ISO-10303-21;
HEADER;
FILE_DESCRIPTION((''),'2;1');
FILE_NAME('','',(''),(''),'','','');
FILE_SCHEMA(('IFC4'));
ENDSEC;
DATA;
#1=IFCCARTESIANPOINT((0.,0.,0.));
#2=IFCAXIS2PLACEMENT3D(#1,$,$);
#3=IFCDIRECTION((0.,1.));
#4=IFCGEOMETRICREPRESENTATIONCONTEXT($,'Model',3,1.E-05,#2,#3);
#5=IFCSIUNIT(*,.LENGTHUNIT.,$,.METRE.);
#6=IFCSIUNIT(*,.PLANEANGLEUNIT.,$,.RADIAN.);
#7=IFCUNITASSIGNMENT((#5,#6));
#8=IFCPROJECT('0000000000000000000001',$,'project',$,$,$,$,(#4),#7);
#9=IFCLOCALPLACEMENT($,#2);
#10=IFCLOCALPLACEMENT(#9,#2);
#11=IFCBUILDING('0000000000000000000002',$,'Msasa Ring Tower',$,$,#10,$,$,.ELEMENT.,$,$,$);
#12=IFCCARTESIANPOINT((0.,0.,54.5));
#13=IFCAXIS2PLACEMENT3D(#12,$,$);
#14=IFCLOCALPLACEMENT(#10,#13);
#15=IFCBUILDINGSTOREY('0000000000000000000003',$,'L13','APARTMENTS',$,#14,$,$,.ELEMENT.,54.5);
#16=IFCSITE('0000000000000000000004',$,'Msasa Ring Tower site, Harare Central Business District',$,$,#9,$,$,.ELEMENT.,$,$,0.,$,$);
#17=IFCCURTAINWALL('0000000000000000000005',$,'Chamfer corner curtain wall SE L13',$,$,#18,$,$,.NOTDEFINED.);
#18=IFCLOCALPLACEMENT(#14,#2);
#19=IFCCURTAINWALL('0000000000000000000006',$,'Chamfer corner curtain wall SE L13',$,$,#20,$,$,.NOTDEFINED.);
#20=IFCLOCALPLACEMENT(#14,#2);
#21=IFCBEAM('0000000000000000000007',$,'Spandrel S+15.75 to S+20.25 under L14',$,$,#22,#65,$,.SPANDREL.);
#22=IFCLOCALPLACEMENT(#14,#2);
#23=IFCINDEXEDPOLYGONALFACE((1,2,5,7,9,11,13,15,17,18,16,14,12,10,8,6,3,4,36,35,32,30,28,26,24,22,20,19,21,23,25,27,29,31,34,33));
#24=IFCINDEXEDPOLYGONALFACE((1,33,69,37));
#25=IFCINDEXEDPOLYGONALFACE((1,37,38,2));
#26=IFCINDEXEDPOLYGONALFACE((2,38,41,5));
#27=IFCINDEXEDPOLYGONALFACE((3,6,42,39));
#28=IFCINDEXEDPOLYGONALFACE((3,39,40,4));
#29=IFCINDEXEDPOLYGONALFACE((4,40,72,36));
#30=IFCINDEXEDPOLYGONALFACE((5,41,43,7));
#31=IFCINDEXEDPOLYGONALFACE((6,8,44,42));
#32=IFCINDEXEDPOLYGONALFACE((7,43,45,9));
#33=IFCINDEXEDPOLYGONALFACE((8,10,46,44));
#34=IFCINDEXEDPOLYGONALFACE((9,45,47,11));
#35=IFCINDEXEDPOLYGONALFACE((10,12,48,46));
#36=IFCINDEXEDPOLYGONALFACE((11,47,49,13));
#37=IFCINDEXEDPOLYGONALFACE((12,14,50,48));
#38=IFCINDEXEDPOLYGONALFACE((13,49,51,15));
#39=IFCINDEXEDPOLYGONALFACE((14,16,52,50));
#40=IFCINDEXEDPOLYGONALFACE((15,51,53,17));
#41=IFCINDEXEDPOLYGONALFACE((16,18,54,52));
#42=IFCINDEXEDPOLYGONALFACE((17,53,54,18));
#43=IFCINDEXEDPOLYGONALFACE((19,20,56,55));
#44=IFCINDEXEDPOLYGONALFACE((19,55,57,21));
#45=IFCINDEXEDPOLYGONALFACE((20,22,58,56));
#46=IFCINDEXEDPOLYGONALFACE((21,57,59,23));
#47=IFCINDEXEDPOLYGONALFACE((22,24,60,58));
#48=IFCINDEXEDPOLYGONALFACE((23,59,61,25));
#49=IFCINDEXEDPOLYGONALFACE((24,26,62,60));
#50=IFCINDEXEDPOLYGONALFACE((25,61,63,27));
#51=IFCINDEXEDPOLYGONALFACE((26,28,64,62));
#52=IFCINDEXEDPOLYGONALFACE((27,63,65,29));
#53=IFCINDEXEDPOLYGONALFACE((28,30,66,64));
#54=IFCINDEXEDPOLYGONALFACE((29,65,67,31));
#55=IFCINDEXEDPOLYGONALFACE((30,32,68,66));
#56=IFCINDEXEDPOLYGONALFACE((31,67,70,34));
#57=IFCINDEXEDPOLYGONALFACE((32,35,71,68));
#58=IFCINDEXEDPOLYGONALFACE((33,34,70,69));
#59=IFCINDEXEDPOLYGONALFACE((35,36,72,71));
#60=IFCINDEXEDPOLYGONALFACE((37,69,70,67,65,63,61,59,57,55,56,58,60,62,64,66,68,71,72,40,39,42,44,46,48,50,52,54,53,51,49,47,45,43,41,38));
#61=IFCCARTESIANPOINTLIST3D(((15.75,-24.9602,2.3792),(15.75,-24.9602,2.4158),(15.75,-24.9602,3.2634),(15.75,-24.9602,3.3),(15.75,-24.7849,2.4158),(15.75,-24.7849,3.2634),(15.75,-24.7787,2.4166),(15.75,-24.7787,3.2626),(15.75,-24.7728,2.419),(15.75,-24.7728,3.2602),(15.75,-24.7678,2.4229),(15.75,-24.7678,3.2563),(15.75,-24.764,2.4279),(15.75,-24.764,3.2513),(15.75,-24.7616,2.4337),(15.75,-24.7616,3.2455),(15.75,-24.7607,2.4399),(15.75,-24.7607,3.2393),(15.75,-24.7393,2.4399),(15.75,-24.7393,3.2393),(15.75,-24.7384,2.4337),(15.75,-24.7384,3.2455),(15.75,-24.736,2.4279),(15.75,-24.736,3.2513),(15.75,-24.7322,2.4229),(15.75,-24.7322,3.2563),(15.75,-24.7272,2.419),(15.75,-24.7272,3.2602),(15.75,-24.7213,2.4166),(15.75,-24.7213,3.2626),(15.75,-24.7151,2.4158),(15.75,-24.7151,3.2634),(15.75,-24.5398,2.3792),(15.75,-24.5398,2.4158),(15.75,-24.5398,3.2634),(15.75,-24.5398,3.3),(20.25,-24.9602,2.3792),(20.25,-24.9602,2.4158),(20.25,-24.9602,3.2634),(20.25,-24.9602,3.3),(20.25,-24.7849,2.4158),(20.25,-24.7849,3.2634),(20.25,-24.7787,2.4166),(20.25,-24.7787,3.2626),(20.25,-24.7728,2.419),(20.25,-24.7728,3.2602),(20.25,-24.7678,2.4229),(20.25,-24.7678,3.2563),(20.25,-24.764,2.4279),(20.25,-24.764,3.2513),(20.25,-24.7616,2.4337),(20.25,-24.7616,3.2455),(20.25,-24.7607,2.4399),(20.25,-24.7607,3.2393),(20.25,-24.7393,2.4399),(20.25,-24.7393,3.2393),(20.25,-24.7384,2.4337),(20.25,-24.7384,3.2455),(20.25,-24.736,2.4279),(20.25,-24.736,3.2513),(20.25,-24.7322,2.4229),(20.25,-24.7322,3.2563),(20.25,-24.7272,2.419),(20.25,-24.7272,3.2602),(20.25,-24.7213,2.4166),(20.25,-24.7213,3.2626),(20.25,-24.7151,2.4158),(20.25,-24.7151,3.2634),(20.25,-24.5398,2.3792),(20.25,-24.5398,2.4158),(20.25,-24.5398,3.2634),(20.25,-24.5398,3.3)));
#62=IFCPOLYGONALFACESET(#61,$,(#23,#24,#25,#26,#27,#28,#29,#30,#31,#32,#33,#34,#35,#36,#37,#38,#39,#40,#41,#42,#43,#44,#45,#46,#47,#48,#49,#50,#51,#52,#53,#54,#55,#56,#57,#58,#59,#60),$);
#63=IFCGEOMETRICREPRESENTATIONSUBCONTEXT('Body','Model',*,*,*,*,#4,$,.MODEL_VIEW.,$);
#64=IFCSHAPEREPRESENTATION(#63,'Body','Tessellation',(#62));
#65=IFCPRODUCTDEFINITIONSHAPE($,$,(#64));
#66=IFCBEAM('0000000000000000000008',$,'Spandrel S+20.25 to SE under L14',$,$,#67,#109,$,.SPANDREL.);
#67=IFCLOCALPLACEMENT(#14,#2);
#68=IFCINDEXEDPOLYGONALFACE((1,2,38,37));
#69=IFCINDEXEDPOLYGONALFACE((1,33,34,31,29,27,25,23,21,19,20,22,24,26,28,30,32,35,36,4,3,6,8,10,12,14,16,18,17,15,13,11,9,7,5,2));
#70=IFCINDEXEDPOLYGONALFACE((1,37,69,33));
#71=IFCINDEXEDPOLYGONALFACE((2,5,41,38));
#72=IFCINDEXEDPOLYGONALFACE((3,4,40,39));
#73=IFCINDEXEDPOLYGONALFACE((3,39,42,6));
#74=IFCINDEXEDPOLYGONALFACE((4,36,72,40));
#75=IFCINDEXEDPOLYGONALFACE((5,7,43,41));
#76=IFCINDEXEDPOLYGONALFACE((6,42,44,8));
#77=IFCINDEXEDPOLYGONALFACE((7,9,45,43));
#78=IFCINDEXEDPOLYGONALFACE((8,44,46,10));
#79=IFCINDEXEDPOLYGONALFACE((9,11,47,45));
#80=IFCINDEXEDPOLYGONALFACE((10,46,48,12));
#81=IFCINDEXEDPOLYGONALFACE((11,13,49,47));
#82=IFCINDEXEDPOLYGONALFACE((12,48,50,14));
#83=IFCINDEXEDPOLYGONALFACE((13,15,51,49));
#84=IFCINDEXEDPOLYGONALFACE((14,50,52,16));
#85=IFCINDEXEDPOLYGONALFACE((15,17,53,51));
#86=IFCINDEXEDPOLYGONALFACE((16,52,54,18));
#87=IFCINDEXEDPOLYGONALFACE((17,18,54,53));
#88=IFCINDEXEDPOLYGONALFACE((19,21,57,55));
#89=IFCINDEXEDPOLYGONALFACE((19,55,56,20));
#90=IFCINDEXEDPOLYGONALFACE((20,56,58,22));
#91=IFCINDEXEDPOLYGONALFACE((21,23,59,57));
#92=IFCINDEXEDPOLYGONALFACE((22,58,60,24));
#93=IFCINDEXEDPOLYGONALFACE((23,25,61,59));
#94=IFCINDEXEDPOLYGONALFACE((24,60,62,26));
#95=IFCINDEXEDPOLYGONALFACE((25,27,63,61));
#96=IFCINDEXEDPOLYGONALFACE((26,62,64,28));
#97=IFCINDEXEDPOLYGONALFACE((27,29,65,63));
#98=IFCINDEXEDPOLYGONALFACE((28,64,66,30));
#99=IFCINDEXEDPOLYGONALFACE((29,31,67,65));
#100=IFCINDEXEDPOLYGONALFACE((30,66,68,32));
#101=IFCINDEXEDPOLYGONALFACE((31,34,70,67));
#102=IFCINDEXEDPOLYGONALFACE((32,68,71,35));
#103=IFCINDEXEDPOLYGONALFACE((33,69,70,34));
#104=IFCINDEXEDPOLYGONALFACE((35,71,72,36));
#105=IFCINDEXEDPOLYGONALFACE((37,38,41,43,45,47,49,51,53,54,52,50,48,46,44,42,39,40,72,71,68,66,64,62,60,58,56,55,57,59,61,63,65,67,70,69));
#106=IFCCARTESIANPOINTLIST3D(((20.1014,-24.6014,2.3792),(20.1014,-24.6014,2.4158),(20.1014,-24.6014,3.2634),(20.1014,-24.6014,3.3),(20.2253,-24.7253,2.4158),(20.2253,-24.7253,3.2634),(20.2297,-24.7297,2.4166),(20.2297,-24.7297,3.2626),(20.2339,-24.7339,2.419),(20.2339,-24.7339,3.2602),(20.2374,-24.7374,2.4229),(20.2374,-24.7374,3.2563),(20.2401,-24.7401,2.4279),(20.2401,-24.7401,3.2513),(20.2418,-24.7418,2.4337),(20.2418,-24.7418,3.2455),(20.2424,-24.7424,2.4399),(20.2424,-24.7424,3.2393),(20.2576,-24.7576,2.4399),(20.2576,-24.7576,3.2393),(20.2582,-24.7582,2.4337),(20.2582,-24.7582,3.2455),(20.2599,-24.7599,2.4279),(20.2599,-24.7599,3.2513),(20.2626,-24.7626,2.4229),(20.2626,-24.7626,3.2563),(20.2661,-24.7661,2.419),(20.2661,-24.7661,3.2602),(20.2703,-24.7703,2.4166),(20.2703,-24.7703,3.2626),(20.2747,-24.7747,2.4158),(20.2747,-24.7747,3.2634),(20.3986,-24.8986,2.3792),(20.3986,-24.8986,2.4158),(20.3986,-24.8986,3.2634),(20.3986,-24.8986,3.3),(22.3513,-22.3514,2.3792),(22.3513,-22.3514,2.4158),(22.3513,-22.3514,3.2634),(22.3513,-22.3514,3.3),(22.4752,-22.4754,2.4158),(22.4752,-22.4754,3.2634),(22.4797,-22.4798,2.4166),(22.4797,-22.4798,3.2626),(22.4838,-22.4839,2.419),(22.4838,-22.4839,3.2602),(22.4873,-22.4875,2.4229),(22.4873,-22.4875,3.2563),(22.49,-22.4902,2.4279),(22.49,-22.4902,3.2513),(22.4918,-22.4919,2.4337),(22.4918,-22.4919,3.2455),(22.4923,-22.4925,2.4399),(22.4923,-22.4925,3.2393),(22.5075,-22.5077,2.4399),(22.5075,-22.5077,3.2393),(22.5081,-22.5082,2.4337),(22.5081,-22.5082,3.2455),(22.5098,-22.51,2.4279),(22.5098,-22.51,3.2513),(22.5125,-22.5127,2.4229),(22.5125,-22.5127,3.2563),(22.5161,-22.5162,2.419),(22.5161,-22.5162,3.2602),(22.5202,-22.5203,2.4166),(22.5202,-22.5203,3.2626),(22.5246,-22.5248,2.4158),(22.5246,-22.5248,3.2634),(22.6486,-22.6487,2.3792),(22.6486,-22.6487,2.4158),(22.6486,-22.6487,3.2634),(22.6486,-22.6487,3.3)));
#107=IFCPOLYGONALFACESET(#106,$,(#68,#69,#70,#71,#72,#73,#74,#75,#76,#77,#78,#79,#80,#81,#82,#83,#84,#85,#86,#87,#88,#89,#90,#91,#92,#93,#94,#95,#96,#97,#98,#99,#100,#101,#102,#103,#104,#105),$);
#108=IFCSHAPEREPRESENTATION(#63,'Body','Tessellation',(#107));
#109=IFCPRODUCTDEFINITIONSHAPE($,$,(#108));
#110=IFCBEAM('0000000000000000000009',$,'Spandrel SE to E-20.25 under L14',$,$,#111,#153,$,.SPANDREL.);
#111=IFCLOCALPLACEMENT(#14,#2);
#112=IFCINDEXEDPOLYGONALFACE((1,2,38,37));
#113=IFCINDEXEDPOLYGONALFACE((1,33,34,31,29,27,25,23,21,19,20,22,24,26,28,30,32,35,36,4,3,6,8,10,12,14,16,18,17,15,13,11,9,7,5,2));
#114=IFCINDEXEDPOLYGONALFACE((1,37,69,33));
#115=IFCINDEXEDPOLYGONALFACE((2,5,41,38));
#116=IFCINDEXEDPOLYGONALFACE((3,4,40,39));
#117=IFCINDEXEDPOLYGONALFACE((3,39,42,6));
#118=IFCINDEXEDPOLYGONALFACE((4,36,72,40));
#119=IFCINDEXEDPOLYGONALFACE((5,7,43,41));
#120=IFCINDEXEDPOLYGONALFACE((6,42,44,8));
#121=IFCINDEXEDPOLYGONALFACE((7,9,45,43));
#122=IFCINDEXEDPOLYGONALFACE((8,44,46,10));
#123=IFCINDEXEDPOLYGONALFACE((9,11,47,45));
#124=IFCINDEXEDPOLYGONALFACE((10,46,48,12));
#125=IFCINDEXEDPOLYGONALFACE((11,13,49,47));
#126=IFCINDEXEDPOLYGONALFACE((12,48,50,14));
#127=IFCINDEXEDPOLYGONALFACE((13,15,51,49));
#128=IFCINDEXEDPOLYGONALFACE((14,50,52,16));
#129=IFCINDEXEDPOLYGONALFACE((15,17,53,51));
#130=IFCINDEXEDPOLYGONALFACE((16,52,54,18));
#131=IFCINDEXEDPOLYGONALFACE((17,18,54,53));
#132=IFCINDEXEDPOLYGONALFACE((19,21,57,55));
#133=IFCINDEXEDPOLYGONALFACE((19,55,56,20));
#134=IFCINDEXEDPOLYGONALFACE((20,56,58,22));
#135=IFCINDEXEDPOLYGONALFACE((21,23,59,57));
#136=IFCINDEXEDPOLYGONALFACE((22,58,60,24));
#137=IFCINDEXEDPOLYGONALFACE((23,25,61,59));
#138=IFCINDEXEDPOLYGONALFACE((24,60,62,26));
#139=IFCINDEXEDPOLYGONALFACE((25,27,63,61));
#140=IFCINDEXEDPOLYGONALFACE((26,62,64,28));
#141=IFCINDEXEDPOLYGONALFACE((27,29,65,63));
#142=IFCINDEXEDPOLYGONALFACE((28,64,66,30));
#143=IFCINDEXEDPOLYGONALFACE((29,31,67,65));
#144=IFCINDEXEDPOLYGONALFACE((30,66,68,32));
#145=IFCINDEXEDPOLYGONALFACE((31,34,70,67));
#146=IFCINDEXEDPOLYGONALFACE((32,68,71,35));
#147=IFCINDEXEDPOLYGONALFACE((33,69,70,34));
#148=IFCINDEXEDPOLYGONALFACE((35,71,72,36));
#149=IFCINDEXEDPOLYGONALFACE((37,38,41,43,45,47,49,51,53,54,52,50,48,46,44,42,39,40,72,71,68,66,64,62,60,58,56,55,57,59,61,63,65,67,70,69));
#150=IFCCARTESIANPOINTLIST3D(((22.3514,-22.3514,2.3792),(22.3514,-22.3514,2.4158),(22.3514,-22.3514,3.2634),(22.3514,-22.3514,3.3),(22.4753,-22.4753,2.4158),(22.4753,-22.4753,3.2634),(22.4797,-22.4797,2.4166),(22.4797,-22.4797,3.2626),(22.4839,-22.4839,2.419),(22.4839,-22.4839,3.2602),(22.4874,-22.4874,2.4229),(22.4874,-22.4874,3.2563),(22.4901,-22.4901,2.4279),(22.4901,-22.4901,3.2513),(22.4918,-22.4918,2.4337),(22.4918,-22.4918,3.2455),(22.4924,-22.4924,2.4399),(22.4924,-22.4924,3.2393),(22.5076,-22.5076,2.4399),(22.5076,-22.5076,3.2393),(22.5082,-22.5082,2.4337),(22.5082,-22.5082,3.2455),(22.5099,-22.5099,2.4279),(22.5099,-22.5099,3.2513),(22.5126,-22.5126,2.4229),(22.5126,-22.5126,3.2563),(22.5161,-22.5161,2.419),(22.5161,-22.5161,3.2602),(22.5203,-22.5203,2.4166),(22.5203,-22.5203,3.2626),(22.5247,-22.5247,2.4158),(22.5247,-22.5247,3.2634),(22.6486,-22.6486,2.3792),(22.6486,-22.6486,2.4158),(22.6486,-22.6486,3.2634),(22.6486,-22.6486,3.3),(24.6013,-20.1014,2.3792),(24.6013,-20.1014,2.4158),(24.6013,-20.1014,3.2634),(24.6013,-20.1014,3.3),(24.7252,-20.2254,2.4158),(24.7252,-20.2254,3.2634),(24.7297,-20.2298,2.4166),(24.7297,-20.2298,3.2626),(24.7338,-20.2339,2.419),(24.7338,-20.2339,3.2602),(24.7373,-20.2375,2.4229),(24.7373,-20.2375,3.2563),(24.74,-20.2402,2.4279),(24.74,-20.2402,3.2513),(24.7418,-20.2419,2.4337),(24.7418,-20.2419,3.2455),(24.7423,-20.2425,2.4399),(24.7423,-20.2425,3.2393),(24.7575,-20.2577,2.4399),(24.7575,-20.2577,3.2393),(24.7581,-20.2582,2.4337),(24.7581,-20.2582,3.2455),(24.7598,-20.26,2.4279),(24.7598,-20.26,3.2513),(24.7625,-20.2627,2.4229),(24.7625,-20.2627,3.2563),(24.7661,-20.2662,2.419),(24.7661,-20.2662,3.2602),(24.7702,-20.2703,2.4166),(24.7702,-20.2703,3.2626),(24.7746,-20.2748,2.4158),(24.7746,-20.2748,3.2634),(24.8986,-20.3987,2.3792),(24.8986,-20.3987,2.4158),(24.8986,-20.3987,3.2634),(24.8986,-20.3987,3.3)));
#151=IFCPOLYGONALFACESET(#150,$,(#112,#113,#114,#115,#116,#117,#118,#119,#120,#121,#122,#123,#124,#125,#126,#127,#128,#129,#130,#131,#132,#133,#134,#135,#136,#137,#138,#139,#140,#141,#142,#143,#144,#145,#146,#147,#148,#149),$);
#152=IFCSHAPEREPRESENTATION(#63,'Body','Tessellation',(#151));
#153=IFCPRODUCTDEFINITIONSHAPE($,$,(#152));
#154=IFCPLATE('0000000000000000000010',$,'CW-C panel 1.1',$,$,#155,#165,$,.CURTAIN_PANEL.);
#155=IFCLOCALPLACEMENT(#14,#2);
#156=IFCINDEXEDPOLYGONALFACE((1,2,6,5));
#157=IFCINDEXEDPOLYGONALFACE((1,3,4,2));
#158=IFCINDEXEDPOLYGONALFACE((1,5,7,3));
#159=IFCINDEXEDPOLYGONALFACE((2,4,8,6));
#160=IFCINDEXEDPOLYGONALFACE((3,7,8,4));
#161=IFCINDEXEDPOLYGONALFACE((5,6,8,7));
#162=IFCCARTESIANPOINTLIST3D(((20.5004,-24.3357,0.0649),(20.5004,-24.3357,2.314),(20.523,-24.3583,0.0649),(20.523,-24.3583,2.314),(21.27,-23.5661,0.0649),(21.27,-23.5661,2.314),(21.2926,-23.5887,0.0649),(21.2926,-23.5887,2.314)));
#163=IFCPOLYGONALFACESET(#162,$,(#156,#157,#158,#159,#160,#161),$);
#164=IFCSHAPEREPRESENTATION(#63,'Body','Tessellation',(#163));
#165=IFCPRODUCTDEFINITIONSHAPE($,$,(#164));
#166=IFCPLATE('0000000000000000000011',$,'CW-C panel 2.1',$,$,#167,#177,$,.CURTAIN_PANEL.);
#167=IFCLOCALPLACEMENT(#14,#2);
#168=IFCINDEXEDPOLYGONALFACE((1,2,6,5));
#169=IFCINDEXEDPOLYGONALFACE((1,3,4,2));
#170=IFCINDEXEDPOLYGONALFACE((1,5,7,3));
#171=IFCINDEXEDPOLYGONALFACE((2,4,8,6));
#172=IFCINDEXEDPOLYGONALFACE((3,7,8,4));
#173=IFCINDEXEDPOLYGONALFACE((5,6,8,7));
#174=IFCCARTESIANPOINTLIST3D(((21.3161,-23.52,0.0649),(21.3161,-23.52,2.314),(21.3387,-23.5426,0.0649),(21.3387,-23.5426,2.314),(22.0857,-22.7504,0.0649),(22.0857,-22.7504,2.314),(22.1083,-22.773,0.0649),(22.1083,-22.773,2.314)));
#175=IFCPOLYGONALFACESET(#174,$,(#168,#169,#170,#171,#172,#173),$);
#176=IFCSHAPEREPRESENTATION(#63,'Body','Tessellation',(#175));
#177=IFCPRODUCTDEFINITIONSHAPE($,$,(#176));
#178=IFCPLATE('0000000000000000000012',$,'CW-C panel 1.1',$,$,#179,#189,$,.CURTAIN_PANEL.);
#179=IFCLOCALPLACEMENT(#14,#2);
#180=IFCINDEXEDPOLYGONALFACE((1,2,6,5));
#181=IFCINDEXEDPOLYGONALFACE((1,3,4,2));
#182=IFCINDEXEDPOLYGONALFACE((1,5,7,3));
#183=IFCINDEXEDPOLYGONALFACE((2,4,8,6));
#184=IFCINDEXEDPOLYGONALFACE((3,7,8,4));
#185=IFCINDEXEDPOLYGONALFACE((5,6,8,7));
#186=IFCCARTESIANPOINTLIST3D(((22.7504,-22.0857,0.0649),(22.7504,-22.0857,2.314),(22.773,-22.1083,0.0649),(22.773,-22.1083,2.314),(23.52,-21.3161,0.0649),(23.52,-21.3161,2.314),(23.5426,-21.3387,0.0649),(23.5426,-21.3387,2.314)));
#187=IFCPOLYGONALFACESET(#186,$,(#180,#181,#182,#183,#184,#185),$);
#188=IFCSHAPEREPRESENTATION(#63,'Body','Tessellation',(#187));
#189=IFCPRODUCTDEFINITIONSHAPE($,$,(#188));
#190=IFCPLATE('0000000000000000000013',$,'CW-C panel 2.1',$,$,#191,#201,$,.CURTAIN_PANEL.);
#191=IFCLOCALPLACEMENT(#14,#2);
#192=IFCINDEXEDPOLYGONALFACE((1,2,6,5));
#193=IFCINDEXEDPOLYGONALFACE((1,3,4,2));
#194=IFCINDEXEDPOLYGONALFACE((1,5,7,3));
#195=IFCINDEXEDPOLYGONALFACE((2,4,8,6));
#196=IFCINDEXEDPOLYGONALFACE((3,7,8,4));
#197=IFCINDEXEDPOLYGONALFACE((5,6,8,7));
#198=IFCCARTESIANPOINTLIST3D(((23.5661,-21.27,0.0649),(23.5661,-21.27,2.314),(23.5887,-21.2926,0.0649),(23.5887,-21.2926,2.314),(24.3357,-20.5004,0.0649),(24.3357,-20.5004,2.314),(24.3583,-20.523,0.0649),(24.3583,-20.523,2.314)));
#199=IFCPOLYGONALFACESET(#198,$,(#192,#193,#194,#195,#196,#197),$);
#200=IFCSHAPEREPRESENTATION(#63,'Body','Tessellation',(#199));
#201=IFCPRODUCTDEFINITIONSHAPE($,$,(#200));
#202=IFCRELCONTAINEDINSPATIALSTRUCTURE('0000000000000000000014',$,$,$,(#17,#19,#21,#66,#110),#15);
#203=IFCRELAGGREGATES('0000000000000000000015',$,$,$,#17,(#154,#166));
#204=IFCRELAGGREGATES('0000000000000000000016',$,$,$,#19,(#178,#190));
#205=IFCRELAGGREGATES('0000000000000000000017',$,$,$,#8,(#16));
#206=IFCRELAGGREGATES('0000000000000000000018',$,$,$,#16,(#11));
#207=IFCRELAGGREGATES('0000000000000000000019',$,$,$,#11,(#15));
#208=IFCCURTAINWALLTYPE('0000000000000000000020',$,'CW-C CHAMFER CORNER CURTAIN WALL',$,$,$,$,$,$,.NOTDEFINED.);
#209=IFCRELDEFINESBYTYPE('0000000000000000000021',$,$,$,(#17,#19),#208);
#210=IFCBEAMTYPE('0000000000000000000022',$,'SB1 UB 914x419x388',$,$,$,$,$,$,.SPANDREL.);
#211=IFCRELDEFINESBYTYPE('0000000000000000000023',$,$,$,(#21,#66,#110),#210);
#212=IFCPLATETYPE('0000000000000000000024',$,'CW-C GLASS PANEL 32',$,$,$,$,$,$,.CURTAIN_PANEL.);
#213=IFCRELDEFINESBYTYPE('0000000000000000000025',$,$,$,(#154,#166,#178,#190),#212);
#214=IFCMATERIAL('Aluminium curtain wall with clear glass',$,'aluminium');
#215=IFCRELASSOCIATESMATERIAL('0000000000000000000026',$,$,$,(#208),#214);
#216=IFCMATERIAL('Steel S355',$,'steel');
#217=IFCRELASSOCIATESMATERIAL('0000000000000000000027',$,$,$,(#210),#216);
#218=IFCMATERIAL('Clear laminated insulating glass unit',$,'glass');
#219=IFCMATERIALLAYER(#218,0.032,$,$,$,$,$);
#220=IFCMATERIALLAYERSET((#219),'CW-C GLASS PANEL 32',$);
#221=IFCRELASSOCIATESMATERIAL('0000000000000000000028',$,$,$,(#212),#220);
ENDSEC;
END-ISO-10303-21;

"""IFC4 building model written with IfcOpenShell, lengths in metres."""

from ifc_helpers import new_model, si_unit, direction, frame, origin, origin_2d, place, context, subcontext, project, spatial, rectangle, i_section, extrude, material, layer, layer_set, material_profile, profile_set, type_object, element, aggregate, save


model = new_model("IFC4")

# Units and contexts
model_context = context("Model", 3, precision=1e-05, world=origin(), true_north=direction((0.0, 1.0)))
body_context = subcontext(model_context, "Body", "Model", "MODEL_VIEW")
ifc_project = project(units=[si_unit("LENGTHUNIT", "METRE"), si_unit("PLANEANGLEUNIT", "RADIAN")], contexts=[model_context])

# Site, building, storey
site_placement = place(None, origin())
site = spatial("IfcSite", under=ifc_project, at=site_placement, Name="Msasa Ring Tower site, Harare Central Business District", CompositionType="ELEMENT", RefElevation=0.0)
building_placement = place(site_placement, origin())
building = spatial("IfcBuilding", under=site, at=building_placement, Name="Msasa Ring Tower", CompositionType="ELEMENT")
storey_placement = place(building_placement, frame((0.0, 0.0, 54.5)))
storey = spatial("IfcBuildingStorey", under=building, at=storey_placement, Name="L13", Description="APARTMENTS", CompositionType="ELEMENT", Elevation=54.5)

# Curtain walls
ifc_material_1 = material(Name="Aluminium curtain wall with clear glass", Category="aluminium")
curtain_wall_type = type_object("IfcCurtainWallType", Name="CW-C CHAMFER CORNER CURTAIN WALL", PredefinedType="NOTDEFINED", material=ifc_material_1)
curtain_wall_1_placement = place(storey_placement, origin())
curtain_wall_1 = element("IfcCurtainWall", 1, at=curtain_wall_1_placement, inside=storey, type_object=curtain_wall_type, Name="Chamfer corner curtain wall SE L13", PredefinedType="NOTDEFINED")
curtain_wall_2_placement = place(storey_placement, origin())
curtain_wall_2 = element("IfcCurtainWall", 2, at=curtain_wall_2_placement, inside=storey, type_object=curtain_wall_type, Name="Chamfer corner curtain wall SE L13", PredefinedType="NOTDEFINED")

# Beams
ifc_material_2 = material(Name="Steel S355", Category="steel")
ifc_material_profile_1 = material_profile(ifc_material_2, i_section(OverallWidth=0.4204, OverallDepth=0.9209, WebThickness=0.0215, FlangeThickness=0.0366, FilletRadius=0.0242, at=origin_2d()), Name="UB 914x419x388")
ifc_profile_set_1 = profile_set([ifc_material_profile_1], Name="Steel S355")
beam_type_1 = type_object("IfcBeamType", Name="SB1 UB 914x419x388", PredefinedType="SPANDREL", material=ifc_profile_set_1)
beam_1_placement = place(storey_placement, frame((15.75, -24.75, 2.8396), z_axis=(1.0, 0.0, 0.0), x_axis=(0.0, 1.0, 0.0)))
element("IfcBeam", 3, at=beam_1_placement, inside=storey, type_object=beam_type_1, Name="Spandrel S+15.75 to S+20.25 under L14", PredefinedType="SPANDREL", context=body_context, shape_type="SweptSolid", body=[
    extrude(i_section(OverallWidth=0.4204, OverallDepth=0.9209, WebThickness=0.0215, FlangeThickness=0.0366, FilletRadius=0.0242, at=origin_2d()), origin(), (0.0, 0.0, 1.0), 4.5),
])
for number, where, z_axis, x_axis, name in (
    (4, (20.25, -24.75, 2.8396), (0.707107, 0.707107, 0.0), (-0.707107, 0.707107, 0.0), "Spandrel S+20.25 to SE under L14"),
    (5, (22.5, -22.5, 2.8396), (0.707107, 0.707107, 0.0), (-0.707107, 0.707107, 0.0), "Spandrel SE to E-20.25 under L14"),
):
    element("IfcBeam", number, at=place(storey_placement, frame(where, z_axis=z_axis, x_axis=x_axis)), inside=storey, type_object=beam_type_1, Name=name, PredefinedType="SPANDREL", context=body_context, shape_type="SweptSolid", body=[
        extrude(i_section(OverallWidth=0.4204, OverallDepth=0.9209, WebThickness=0.0215, FlangeThickness=0.0366, FilletRadius=0.0242, at=origin_2d()), origin(), (0.0, 0.0, 1.0), 3.1819),
    ])

# Plates
ifc_material_3 = material(Name="Clear laminated insulating glass unit", Category="glass")
ifc_layer_1 = layer(ifc_material_3, 0.032)
ifc_layer_set_1 = layer_set([ifc_layer_1], Name="CW-C GLASS PANEL 32")
plate_type = type_object("IfcPlateType", Name="CW-C GLASS PANEL 32", PredefinedType="CURTAIN_PANEL", material=ifc_layer_set_1)
plate_1_placement = place(storey_placement, frame((20.8965, -23.9622, 0.0649), z_axis=(0.0, 0.0, 1.0), x_axis=(0.707107, 0.707107, 0.0)))
plate_1 = element("IfcPlate", 6, at=plate_1_placement, type_object=plate_type, Name="CW-C panel 1.1", PredefinedType="CURTAIN_PANEL", context=body_context, shape_type="SweptSolid", body=[
    extrude(rectangle(XDim=1.0884, YDim=0.032, at=origin_2d()), origin(), (0.0, 0.0, 1.0), 2.249),
])
plate_2_placement = place(storey_placement, frame((21.7122, -23.1465, 0.0649), z_axis=(0.0, 0.0, 1.0), x_axis=(0.707107, 0.707107, 0.0)))
plate_2 = element("IfcPlate", 7, at=plate_2_placement, type_object=plate_type, Name="CW-C panel 2.1", PredefinedType="CURTAIN_PANEL", context=body_context, shape_type="SweptSolid", body=[
    extrude(rectangle(XDim=1.0884, YDim=0.032, at=origin_2d()), origin(), (0.0, 0.0, 1.0), 2.249),
])
aggregate(curtain_wall_1, [plate_1, plate_2])
plate_3_placement = place(storey_placement, frame((23.1465, -21.7122, 0.0649), z_axis=(0.0, 0.0, 1.0), x_axis=(0.707107, 0.707107, 0.0)))
plate_3 = element("IfcPlate", 8, at=plate_3_placement, type_object=plate_type, Name="CW-C panel 1.1", PredefinedType="CURTAIN_PANEL", context=body_context, shape_type="SweptSolid", body=[
    extrude(rectangle(XDim=1.0884, YDim=0.032, at=origin_2d()), origin(), (0.0, 0.0, 1.0), 2.249),
])
plate_4_placement = place(storey_placement, frame((23.9622, -20.8965, 0.0649), z_axis=(0.0, 0.0, 1.0), x_axis=(0.707107, 0.707107, 0.0)))
plate_4 = element("IfcPlate", 9, at=plate_4_placement, type_object=plate_type, Name="CW-C panel 2.1", PredefinedType="CURTAIN_PANEL", context=body_context, shape_type="SweptSolid", body=[
    extrude(rectangle(XDim=1.0884, YDim=0.032, at=origin_2d()), origin(), (0.0, 0.0, 1.0), 2.249),
])
aggregate(curtain_wall_2, [plate_3, plate_4])

save(model, "model.ifc")
